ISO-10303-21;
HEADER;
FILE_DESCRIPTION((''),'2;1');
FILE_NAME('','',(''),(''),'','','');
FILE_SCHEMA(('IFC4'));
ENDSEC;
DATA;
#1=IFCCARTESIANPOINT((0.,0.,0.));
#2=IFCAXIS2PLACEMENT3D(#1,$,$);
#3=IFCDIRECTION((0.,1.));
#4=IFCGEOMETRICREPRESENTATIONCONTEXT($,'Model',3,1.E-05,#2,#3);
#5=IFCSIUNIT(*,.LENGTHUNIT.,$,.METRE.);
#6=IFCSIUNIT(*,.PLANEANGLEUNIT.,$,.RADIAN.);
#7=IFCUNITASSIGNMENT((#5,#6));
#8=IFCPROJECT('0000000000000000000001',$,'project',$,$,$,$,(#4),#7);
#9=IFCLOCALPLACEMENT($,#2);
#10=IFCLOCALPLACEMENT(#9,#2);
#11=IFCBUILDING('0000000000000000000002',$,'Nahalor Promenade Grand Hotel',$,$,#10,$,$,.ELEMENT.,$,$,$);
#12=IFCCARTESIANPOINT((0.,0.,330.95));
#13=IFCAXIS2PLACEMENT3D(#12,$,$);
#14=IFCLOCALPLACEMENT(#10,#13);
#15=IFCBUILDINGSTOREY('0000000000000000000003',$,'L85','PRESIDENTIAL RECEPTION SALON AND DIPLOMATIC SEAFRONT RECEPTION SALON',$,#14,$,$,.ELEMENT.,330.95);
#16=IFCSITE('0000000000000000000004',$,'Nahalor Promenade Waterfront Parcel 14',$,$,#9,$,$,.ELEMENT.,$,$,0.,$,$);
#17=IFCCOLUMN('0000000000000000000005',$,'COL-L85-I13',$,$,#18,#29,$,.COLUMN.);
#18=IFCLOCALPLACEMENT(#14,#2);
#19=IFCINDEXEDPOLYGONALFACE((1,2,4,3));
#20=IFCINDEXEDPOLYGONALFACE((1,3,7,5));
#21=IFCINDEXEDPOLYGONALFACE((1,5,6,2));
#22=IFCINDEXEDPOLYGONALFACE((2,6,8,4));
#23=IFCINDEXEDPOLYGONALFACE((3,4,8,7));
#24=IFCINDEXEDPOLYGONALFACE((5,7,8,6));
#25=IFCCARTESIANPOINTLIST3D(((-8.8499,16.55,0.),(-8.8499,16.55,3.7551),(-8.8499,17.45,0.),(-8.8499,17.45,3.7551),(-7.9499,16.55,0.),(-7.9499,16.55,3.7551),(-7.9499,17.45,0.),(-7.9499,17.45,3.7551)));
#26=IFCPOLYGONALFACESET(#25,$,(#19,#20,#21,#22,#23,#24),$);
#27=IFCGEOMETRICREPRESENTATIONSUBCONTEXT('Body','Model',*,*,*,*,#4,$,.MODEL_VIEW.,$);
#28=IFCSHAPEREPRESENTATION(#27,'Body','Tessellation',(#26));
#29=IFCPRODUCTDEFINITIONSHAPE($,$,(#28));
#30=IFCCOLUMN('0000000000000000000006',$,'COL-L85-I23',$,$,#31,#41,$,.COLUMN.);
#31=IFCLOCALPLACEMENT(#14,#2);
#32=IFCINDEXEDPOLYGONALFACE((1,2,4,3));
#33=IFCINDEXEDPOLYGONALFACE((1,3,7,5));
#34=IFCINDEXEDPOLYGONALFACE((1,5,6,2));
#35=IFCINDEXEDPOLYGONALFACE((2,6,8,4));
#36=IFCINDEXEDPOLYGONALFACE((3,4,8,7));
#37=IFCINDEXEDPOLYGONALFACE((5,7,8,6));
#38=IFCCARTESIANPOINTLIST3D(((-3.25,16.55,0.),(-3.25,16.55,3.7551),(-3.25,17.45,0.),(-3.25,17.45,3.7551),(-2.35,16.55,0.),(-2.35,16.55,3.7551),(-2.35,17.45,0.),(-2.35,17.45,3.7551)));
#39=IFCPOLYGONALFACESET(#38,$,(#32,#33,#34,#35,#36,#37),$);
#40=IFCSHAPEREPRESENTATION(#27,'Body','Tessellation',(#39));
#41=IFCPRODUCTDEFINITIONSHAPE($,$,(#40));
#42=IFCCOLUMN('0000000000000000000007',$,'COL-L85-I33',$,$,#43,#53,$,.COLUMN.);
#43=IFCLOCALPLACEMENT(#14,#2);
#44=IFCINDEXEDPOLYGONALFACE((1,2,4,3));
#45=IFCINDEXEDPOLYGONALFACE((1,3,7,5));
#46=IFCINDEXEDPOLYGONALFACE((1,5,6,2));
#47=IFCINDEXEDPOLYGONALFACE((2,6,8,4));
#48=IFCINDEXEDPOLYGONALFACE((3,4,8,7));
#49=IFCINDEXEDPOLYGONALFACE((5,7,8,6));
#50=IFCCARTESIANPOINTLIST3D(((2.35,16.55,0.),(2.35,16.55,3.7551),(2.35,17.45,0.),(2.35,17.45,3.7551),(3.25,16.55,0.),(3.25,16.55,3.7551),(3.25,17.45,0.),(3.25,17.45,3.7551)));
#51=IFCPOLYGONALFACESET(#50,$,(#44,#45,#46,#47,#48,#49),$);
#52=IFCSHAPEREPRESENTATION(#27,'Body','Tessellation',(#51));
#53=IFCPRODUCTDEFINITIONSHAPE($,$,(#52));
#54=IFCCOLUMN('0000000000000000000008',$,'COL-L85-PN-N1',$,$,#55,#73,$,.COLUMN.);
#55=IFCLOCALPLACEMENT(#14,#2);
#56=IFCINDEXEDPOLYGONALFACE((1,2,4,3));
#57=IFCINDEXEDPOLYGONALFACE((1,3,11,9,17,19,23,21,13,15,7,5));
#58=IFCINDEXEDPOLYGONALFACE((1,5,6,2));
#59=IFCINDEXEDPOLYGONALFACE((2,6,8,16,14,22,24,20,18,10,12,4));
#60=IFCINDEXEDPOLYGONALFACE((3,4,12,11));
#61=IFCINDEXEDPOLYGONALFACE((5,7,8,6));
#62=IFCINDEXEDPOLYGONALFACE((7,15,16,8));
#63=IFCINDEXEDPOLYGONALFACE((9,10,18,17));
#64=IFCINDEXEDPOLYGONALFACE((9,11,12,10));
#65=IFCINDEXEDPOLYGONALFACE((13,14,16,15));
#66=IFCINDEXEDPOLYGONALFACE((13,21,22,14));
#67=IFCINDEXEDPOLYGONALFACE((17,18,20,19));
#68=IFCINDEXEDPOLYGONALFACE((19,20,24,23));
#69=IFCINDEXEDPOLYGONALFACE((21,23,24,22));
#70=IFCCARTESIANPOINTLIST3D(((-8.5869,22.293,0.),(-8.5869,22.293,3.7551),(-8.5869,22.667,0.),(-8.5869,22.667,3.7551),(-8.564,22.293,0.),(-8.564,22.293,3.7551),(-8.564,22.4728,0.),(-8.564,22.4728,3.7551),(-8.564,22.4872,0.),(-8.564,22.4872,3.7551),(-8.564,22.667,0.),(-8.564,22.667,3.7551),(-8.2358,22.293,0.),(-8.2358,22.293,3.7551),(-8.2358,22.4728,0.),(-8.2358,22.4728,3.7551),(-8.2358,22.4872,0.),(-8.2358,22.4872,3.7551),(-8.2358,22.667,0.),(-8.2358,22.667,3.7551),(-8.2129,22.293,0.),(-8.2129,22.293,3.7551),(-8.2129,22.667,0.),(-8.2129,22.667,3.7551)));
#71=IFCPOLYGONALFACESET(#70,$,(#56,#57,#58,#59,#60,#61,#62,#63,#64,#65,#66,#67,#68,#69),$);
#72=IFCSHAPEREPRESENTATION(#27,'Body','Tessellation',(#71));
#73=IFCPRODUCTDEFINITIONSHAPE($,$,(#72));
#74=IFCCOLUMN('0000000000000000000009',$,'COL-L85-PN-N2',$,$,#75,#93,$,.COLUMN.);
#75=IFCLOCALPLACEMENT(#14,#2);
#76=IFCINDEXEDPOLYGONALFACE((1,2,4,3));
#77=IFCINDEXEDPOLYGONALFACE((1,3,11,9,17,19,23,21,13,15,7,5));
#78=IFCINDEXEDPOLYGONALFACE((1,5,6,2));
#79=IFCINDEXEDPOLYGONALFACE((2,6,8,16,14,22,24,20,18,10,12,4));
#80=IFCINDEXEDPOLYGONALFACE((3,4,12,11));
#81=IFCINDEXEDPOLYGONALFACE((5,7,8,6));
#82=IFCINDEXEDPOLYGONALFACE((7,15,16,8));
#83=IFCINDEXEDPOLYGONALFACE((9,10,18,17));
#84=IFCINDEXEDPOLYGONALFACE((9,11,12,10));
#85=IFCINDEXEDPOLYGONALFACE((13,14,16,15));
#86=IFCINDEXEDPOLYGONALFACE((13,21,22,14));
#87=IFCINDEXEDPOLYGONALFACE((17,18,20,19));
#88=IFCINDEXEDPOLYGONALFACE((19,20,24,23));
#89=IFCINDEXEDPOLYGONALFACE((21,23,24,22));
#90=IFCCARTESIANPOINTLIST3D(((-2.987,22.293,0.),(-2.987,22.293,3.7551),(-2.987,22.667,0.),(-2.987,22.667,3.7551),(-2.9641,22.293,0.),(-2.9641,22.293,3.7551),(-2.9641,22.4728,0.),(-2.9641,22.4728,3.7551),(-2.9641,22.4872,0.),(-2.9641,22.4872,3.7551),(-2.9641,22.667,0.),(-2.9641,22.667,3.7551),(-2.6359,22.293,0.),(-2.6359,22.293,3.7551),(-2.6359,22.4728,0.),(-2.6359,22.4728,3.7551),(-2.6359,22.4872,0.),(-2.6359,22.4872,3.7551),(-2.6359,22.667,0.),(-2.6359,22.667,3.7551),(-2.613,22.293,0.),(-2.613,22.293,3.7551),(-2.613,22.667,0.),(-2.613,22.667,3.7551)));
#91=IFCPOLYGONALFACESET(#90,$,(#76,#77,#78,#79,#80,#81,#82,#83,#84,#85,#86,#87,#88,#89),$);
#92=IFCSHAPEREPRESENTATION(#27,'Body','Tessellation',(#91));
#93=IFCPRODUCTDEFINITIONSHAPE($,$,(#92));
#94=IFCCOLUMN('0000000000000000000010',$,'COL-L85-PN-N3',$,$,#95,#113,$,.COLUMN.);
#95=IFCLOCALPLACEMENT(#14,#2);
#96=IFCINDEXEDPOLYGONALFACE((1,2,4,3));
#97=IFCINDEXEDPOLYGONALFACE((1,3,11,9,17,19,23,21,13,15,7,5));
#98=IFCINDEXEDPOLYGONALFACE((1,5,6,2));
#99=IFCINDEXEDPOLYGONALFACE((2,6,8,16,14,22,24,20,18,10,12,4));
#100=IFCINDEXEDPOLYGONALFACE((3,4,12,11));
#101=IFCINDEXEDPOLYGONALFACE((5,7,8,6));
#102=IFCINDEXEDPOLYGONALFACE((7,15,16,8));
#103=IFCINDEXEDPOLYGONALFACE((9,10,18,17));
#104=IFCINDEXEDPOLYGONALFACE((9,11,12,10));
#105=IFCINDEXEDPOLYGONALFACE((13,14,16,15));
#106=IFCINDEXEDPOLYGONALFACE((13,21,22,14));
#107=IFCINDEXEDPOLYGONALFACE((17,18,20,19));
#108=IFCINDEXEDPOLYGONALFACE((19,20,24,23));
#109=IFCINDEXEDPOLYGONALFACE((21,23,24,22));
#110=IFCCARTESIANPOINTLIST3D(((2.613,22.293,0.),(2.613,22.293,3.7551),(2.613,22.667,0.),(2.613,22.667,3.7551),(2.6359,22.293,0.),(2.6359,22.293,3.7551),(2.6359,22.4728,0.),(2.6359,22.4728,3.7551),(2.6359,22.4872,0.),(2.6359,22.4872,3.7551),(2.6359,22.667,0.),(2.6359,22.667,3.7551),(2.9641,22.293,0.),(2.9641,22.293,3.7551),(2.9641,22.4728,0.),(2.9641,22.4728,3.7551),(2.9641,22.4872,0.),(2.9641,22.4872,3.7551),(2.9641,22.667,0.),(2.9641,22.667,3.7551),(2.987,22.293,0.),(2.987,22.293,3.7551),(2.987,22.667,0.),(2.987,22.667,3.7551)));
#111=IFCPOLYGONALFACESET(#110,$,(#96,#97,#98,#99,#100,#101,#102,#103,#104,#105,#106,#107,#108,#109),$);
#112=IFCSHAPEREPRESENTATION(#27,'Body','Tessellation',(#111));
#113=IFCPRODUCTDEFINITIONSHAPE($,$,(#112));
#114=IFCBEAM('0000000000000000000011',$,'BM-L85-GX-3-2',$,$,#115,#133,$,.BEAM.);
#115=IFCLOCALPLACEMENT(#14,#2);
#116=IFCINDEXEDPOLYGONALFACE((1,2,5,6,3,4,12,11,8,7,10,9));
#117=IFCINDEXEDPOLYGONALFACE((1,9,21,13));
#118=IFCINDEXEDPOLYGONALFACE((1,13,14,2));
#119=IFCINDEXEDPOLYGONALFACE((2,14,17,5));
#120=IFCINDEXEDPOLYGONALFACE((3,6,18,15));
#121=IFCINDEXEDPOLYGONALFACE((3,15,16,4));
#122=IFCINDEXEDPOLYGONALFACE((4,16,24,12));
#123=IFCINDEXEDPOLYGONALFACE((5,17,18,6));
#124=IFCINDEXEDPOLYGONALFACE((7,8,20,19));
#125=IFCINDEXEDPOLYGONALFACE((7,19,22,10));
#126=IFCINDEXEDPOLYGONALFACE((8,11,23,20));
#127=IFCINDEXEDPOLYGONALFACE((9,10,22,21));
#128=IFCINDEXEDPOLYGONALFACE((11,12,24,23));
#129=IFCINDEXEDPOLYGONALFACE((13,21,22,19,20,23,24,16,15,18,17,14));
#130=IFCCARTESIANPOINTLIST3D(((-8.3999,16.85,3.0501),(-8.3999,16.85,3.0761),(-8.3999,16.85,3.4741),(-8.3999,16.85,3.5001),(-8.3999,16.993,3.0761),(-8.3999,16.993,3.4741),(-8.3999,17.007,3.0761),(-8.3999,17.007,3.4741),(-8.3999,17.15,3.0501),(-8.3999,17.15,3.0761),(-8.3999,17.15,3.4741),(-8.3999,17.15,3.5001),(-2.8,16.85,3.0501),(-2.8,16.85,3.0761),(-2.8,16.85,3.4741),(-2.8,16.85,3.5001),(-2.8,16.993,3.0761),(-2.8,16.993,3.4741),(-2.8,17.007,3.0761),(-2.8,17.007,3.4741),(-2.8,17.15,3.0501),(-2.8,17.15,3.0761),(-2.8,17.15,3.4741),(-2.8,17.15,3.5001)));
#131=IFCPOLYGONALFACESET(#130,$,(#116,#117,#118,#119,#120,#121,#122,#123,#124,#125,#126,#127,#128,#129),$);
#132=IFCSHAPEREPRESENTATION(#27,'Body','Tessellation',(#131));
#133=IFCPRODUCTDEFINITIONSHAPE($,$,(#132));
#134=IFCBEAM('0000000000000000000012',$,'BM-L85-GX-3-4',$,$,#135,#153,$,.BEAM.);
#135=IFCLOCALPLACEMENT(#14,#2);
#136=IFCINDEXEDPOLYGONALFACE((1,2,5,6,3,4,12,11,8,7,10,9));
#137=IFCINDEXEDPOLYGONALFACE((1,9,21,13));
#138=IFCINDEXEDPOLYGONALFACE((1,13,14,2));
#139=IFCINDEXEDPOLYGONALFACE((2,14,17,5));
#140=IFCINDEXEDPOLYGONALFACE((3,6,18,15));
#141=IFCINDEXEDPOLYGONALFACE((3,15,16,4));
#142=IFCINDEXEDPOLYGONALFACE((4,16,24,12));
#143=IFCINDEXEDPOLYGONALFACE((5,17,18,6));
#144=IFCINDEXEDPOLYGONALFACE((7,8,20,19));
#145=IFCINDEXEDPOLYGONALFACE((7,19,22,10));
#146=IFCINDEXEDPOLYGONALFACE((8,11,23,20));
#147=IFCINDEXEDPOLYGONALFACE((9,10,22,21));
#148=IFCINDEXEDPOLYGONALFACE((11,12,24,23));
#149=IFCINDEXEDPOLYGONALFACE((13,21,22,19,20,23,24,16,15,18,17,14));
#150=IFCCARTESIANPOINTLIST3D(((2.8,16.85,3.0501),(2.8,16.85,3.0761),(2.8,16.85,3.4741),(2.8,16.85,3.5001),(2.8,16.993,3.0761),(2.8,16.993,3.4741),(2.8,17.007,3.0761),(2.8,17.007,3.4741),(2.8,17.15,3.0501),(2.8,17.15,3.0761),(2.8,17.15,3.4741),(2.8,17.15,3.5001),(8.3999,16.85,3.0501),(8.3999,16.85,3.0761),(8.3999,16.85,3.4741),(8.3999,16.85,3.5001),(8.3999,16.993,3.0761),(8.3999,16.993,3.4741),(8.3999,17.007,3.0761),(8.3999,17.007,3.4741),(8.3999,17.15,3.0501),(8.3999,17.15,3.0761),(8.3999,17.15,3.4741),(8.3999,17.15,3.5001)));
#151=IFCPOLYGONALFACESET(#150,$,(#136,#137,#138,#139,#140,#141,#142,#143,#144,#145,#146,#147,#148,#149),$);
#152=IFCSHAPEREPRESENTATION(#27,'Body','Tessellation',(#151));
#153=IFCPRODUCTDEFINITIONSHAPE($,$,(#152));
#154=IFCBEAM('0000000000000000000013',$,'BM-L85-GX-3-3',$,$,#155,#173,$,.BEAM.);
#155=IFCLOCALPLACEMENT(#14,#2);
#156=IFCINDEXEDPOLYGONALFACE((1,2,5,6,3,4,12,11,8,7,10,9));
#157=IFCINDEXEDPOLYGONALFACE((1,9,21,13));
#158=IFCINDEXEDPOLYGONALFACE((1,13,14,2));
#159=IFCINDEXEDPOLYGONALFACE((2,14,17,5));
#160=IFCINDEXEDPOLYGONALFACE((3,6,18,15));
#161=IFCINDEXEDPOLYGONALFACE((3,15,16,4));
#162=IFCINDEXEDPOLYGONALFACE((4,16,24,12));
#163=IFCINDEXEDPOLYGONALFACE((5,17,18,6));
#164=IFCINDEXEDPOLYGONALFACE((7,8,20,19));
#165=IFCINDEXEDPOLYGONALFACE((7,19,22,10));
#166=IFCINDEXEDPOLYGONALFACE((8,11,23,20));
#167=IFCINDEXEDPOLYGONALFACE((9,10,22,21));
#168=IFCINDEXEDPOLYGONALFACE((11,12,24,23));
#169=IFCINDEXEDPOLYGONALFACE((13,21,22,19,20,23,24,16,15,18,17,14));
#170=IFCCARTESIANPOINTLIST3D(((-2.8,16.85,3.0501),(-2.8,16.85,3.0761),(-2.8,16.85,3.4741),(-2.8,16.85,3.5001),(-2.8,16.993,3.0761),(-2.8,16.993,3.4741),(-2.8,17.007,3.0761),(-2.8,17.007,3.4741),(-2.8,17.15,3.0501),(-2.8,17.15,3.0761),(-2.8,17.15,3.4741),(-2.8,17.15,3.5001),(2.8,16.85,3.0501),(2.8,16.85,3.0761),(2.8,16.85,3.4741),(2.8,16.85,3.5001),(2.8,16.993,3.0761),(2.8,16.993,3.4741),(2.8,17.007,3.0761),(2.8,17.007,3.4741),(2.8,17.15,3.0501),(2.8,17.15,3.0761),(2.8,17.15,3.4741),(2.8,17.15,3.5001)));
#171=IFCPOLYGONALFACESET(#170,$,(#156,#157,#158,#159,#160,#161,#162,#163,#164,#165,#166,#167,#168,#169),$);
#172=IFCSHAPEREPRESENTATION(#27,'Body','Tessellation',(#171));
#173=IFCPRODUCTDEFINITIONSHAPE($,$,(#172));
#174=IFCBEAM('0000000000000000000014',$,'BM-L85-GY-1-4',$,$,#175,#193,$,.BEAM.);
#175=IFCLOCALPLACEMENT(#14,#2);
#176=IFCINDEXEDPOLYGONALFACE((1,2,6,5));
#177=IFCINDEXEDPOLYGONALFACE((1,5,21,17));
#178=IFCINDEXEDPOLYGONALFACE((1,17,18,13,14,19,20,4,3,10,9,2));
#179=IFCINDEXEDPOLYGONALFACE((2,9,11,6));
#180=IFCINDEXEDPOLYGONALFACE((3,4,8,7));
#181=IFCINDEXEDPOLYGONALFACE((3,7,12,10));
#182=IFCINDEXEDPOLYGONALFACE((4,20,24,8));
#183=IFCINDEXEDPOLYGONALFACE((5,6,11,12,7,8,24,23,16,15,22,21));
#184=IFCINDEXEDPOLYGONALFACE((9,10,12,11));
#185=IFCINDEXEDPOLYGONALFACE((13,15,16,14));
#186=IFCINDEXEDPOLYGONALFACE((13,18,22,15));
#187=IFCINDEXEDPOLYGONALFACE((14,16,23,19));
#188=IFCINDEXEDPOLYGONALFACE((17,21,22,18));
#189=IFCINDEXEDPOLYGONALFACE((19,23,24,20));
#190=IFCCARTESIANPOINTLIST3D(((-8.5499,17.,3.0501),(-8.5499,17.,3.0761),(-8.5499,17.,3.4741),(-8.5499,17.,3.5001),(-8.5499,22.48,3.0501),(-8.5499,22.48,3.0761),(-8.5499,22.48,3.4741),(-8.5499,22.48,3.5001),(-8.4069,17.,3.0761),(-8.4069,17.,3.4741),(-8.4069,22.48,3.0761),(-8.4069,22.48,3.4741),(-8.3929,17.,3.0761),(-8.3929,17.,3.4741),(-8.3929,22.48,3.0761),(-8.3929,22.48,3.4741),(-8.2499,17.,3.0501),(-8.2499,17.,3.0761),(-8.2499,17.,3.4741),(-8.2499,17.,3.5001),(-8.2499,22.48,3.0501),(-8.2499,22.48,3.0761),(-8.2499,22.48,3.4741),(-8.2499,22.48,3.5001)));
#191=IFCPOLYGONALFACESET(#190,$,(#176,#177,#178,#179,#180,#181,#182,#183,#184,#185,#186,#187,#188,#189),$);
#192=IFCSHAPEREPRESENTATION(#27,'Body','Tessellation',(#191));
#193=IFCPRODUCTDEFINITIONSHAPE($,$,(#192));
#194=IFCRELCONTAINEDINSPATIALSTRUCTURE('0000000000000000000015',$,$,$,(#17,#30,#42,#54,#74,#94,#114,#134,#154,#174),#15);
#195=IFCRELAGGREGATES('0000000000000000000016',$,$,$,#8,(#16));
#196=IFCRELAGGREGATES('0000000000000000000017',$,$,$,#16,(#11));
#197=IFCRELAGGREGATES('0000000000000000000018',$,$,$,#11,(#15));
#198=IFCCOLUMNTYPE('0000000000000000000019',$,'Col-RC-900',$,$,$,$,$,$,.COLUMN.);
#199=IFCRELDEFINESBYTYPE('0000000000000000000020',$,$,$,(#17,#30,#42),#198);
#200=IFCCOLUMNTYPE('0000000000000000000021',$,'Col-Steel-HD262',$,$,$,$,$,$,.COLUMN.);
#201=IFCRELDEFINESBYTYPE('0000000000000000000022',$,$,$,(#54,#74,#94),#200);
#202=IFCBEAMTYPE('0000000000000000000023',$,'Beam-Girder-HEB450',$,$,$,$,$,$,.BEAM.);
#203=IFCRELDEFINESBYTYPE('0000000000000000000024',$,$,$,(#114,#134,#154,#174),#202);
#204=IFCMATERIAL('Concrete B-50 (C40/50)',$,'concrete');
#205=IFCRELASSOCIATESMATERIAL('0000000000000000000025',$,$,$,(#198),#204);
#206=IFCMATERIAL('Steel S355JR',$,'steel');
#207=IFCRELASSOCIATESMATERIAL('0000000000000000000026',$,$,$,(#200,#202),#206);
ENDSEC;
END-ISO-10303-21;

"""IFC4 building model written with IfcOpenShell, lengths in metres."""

from ifc_helpers import new_model, si_unit, direction, frame, origin, origin_2d, place, context, subcontext, project, spatial, rectangle, i_section, extrude, source, transform, mapped, material, material_profile, profile_set, type_object, element, save


model = new_model("IFC4")

# Units and contexts
model_context = context("Model", 3, precision=1e-05, world=origin(), true_north=direction((0.0, 1.0)))
body_context = subcontext(model_context, "Body", "Model", "MODEL_VIEW")
ifc_project = project(units=[si_unit("LENGTHUNIT", "METRE"), si_unit("PLANEANGLEUNIT", "RADIAN")], contexts=[model_context])

# Site, building, storey
site_placement = place(None, origin())
site = spatial("IfcSite", under=ifc_project, at=site_placement, Name="Nahalor Promenade Waterfront Parcel 14", CompositionType="ELEMENT", RefElevation=0.0)
building_placement = place(site_placement, origin())
building = spatial("IfcBuilding", under=site, at=building_placement, Name="Nahalor Promenade Grand Hotel", CompositionType="ELEMENT")
storey_placement = place(building_placement, frame((0.0, 0.0, 330.95)))
storey = spatial("IfcBuildingStorey", under=building, at=storey_placement, Name="L85", Description="PRESIDENTIAL RECEPTION SALON AND DIPLOMATIC SEAFRONT RECEPTION SALON", CompositionType="ELEMENT", Elevation=330.95)

# Columns
ifc_material_1 = material(Name="Concrete B-50 (C40/50)", Category="concrete")
ifc_material_profile_1 = material_profile(ifc_material_1, rectangle(XDim=0.9, YDim=0.9, at=origin_2d()), Name="RC 900x900")
ifc_profile_set_1 = profile_set([ifc_material_profile_1], Name="Concrete B-50 (C40/50)")
column_type_1 = type_object("IfcColumnType", Name="Col-RC-900", PredefinedType="COLUMN", material=ifc_profile_set_1)
shared_shape_1 = source(origin(), body_context, "Body", "SweptSolid", [
    extrude(rectangle(XDim=0.9, YDim=0.9, at=origin_2d()), origin(), (0.0, 0.0, 1.0), 3.7551),
])
for number, where, z_axis, x_axis, name in (
    (1, (-8.3999, 17.0, 0.0), (0.0, 0.0, 1.0), (1.0, 0.0, 0.0), "COL-L85-I13"),
    (2, (-2.8, 17.0, 0.0), (0.0, 0.0, 1.0), (1.0, 0.0, 0.0), "COL-L85-I23"),
    (3, (2.8, 17.0, 0.0), (0.0, 0.0, 1.0), (1.0, 0.0, 0.0), "COL-L85-I33"),
):
    element("IfcColumn", number, at=place(storey_placement, frame(where, z_axis=z_axis, x_axis=x_axis)), inside=storey, type_object=column_type_1, Name=name, PredefinedType="COLUMN", context=body_context, shape_type="MappedRepresentation", body=[
        mapped(shared_shape_1, transform((0.0, 0.0, 0.0), scale=1.0)),
    ])
ifc_material_2 = material(Name="Steel S355JR", Category="steel")
ifc_material_profile_2 = material_profile(ifc_material_2, i_section(OverallWidth=0.374, OverallDepth=0.374, WebThickness=0.0144, FlangeThickness=0.0229, at=origin_2d()), Name="HD 360x262")
ifc_profile_set_2 = profile_set([ifc_material_profile_2], Name="Steel S355JR")
column_type_2 = type_object("IfcColumnType", Name="Col-Steel-HD262", PredefinedType="COLUMN", material=ifc_profile_set_2)
shared_shape_2 = source(origin(), body_context, "Body", "SweptSolid", [
    extrude(i_section(OverallWidth=0.374, OverallDepth=0.374, WebThickness=0.0144, FlangeThickness=0.0229, at=origin_2d()), origin(), (0.0, 0.0, 1.0), 3.7551),
])
for number, where, z_axis, x_axis, name in (
    (4, (-8.3999, 22.48, 0.0), (0.0, 0.0, 1.0), (0.0, 1.0, 0.0), "COL-L85-PN-N1"),
    (5, (-2.8, 22.48, 0.0), (0.0, 0.0, 1.0), (0.0, 1.0, 0.0), "COL-L85-PN-N2"),
    (6, (2.8, 22.48, 0.0), (0.0, 0.0, 1.0), (0.0, 1.0, 0.0), "COL-L85-PN-N3"),
):
    element("IfcColumn", number, at=place(storey_placement, frame(where, z_axis=z_axis, x_axis=x_axis)), inside=storey, type_object=column_type_2, Name=name, PredefinedType="COLUMN", context=body_context, shape_type="MappedRepresentation", body=[
        mapped(shared_shape_2, transform((0.0, 0.0, 0.0), scale=1.0)),
    ])

# Beams
ifc_material_profile_3 = material_profile(ifc_material_2, i_section(OverallWidth=0.3, OverallDepth=0.45, WebThickness=0.014, FlangeThickness=0.026, at=origin_2d()), Name="HEB 450")
ifc_profile_set_3 = profile_set([ifc_material_profile_3], Name="Steel S355JR")
beam_type_1 = type_object("IfcBeamType", Name="Beam-Girder-HEB450", PredefinedType="BEAM", material=ifc_profile_set_3)
shared_shape_3 = source(origin(), body_context, "Body", "SweptSolid", [
    extrude(i_section(OverallWidth=0.3, OverallDepth=0.45, WebThickness=0.014, FlangeThickness=0.026, at=origin_2d()), origin(), (0.0, 0.0, 1.0), 5.5999),
])
for number, where, z_axis, x_axis, name in (
    (7, (-8.3999, 17.0, 3.2751), (1.0, 0.0, 0.0), (0.0, 1.0, 0.0), "BM-L85-GX-3-2"),
    (8, (2.8, 17.0, 3.2751), (1.0, 0.0, 0.0), (0.0, 1.0, 0.0), "BM-L85-GX-3-4"),
):
    element("IfcBeam", number, at=place(storey_placement, frame(where, z_axis=z_axis, x_axis=x_axis)), inside=storey, type_object=beam_type_1, Name=name, PredefinedType="BEAM", context=body_context, shape_type="MappedRepresentation", body=[
        mapped(shared_shape_3, transform((0.0, 0.0, 0.0), scale=1.0)),
    ])
shared_shape_4 = source(origin(), body_context, "Body", "SweptSolid", [
    extrude(i_section(OverallWidth=0.3, OverallDepth=0.45, WebThickness=0.014, FlangeThickness=0.026, at=origin_2d()), origin(), (0.0, 0.0, 1.0), 5.6001),
])
beam_1_placement = place(storey_placement, frame((-2.8, 17.0, 3.2751), z_axis=(1.0, 0.0, 0.0), x_axis=(0.0, 1.0, 0.0)))
element("IfcBeam", 9, at=beam_1_placement, inside=storey, type_object=beam_type_1, Name="BM-L85-GX-3-3", PredefinedType="BEAM", context=body_context, shape_type="MappedRepresentation", body=[
    mapped(shared_shape_4, transform((0.0, 0.0, 0.0), scale=1.0)),
])
shared_shape_5 = source(origin(), body_context, "Body", "SweptSolid", [
    extrude(i_section(OverallWidth=0.3, OverallDepth=0.45, WebThickness=0.014, FlangeThickness=0.026, at=origin_2d()), origin(), (0.0, 0.0, 1.0), 5.48),
])
for number, where, z_axis, x_axis, name in (
    (10, (-8.3999, 17.0, 3.2751), (0.0, 1.0, 0.0), (-1.0, 0.0, 0.0), "BM-L85-GY-1-4"),
):
    element("IfcBeam", number, at=place(storey_placement, frame(where, z_axis=z_axis, x_axis=x_axis)), inside=storey, type_object=beam_type_1, Name=name, PredefinedType="BEAM", context=body_context, shape_type="MappedRepresentation", body=[
        mapped(shared_shape_5, transform((0.0, 0.0, 0.0), scale=1.0)),
    ])

save(model, "model.ifc")
